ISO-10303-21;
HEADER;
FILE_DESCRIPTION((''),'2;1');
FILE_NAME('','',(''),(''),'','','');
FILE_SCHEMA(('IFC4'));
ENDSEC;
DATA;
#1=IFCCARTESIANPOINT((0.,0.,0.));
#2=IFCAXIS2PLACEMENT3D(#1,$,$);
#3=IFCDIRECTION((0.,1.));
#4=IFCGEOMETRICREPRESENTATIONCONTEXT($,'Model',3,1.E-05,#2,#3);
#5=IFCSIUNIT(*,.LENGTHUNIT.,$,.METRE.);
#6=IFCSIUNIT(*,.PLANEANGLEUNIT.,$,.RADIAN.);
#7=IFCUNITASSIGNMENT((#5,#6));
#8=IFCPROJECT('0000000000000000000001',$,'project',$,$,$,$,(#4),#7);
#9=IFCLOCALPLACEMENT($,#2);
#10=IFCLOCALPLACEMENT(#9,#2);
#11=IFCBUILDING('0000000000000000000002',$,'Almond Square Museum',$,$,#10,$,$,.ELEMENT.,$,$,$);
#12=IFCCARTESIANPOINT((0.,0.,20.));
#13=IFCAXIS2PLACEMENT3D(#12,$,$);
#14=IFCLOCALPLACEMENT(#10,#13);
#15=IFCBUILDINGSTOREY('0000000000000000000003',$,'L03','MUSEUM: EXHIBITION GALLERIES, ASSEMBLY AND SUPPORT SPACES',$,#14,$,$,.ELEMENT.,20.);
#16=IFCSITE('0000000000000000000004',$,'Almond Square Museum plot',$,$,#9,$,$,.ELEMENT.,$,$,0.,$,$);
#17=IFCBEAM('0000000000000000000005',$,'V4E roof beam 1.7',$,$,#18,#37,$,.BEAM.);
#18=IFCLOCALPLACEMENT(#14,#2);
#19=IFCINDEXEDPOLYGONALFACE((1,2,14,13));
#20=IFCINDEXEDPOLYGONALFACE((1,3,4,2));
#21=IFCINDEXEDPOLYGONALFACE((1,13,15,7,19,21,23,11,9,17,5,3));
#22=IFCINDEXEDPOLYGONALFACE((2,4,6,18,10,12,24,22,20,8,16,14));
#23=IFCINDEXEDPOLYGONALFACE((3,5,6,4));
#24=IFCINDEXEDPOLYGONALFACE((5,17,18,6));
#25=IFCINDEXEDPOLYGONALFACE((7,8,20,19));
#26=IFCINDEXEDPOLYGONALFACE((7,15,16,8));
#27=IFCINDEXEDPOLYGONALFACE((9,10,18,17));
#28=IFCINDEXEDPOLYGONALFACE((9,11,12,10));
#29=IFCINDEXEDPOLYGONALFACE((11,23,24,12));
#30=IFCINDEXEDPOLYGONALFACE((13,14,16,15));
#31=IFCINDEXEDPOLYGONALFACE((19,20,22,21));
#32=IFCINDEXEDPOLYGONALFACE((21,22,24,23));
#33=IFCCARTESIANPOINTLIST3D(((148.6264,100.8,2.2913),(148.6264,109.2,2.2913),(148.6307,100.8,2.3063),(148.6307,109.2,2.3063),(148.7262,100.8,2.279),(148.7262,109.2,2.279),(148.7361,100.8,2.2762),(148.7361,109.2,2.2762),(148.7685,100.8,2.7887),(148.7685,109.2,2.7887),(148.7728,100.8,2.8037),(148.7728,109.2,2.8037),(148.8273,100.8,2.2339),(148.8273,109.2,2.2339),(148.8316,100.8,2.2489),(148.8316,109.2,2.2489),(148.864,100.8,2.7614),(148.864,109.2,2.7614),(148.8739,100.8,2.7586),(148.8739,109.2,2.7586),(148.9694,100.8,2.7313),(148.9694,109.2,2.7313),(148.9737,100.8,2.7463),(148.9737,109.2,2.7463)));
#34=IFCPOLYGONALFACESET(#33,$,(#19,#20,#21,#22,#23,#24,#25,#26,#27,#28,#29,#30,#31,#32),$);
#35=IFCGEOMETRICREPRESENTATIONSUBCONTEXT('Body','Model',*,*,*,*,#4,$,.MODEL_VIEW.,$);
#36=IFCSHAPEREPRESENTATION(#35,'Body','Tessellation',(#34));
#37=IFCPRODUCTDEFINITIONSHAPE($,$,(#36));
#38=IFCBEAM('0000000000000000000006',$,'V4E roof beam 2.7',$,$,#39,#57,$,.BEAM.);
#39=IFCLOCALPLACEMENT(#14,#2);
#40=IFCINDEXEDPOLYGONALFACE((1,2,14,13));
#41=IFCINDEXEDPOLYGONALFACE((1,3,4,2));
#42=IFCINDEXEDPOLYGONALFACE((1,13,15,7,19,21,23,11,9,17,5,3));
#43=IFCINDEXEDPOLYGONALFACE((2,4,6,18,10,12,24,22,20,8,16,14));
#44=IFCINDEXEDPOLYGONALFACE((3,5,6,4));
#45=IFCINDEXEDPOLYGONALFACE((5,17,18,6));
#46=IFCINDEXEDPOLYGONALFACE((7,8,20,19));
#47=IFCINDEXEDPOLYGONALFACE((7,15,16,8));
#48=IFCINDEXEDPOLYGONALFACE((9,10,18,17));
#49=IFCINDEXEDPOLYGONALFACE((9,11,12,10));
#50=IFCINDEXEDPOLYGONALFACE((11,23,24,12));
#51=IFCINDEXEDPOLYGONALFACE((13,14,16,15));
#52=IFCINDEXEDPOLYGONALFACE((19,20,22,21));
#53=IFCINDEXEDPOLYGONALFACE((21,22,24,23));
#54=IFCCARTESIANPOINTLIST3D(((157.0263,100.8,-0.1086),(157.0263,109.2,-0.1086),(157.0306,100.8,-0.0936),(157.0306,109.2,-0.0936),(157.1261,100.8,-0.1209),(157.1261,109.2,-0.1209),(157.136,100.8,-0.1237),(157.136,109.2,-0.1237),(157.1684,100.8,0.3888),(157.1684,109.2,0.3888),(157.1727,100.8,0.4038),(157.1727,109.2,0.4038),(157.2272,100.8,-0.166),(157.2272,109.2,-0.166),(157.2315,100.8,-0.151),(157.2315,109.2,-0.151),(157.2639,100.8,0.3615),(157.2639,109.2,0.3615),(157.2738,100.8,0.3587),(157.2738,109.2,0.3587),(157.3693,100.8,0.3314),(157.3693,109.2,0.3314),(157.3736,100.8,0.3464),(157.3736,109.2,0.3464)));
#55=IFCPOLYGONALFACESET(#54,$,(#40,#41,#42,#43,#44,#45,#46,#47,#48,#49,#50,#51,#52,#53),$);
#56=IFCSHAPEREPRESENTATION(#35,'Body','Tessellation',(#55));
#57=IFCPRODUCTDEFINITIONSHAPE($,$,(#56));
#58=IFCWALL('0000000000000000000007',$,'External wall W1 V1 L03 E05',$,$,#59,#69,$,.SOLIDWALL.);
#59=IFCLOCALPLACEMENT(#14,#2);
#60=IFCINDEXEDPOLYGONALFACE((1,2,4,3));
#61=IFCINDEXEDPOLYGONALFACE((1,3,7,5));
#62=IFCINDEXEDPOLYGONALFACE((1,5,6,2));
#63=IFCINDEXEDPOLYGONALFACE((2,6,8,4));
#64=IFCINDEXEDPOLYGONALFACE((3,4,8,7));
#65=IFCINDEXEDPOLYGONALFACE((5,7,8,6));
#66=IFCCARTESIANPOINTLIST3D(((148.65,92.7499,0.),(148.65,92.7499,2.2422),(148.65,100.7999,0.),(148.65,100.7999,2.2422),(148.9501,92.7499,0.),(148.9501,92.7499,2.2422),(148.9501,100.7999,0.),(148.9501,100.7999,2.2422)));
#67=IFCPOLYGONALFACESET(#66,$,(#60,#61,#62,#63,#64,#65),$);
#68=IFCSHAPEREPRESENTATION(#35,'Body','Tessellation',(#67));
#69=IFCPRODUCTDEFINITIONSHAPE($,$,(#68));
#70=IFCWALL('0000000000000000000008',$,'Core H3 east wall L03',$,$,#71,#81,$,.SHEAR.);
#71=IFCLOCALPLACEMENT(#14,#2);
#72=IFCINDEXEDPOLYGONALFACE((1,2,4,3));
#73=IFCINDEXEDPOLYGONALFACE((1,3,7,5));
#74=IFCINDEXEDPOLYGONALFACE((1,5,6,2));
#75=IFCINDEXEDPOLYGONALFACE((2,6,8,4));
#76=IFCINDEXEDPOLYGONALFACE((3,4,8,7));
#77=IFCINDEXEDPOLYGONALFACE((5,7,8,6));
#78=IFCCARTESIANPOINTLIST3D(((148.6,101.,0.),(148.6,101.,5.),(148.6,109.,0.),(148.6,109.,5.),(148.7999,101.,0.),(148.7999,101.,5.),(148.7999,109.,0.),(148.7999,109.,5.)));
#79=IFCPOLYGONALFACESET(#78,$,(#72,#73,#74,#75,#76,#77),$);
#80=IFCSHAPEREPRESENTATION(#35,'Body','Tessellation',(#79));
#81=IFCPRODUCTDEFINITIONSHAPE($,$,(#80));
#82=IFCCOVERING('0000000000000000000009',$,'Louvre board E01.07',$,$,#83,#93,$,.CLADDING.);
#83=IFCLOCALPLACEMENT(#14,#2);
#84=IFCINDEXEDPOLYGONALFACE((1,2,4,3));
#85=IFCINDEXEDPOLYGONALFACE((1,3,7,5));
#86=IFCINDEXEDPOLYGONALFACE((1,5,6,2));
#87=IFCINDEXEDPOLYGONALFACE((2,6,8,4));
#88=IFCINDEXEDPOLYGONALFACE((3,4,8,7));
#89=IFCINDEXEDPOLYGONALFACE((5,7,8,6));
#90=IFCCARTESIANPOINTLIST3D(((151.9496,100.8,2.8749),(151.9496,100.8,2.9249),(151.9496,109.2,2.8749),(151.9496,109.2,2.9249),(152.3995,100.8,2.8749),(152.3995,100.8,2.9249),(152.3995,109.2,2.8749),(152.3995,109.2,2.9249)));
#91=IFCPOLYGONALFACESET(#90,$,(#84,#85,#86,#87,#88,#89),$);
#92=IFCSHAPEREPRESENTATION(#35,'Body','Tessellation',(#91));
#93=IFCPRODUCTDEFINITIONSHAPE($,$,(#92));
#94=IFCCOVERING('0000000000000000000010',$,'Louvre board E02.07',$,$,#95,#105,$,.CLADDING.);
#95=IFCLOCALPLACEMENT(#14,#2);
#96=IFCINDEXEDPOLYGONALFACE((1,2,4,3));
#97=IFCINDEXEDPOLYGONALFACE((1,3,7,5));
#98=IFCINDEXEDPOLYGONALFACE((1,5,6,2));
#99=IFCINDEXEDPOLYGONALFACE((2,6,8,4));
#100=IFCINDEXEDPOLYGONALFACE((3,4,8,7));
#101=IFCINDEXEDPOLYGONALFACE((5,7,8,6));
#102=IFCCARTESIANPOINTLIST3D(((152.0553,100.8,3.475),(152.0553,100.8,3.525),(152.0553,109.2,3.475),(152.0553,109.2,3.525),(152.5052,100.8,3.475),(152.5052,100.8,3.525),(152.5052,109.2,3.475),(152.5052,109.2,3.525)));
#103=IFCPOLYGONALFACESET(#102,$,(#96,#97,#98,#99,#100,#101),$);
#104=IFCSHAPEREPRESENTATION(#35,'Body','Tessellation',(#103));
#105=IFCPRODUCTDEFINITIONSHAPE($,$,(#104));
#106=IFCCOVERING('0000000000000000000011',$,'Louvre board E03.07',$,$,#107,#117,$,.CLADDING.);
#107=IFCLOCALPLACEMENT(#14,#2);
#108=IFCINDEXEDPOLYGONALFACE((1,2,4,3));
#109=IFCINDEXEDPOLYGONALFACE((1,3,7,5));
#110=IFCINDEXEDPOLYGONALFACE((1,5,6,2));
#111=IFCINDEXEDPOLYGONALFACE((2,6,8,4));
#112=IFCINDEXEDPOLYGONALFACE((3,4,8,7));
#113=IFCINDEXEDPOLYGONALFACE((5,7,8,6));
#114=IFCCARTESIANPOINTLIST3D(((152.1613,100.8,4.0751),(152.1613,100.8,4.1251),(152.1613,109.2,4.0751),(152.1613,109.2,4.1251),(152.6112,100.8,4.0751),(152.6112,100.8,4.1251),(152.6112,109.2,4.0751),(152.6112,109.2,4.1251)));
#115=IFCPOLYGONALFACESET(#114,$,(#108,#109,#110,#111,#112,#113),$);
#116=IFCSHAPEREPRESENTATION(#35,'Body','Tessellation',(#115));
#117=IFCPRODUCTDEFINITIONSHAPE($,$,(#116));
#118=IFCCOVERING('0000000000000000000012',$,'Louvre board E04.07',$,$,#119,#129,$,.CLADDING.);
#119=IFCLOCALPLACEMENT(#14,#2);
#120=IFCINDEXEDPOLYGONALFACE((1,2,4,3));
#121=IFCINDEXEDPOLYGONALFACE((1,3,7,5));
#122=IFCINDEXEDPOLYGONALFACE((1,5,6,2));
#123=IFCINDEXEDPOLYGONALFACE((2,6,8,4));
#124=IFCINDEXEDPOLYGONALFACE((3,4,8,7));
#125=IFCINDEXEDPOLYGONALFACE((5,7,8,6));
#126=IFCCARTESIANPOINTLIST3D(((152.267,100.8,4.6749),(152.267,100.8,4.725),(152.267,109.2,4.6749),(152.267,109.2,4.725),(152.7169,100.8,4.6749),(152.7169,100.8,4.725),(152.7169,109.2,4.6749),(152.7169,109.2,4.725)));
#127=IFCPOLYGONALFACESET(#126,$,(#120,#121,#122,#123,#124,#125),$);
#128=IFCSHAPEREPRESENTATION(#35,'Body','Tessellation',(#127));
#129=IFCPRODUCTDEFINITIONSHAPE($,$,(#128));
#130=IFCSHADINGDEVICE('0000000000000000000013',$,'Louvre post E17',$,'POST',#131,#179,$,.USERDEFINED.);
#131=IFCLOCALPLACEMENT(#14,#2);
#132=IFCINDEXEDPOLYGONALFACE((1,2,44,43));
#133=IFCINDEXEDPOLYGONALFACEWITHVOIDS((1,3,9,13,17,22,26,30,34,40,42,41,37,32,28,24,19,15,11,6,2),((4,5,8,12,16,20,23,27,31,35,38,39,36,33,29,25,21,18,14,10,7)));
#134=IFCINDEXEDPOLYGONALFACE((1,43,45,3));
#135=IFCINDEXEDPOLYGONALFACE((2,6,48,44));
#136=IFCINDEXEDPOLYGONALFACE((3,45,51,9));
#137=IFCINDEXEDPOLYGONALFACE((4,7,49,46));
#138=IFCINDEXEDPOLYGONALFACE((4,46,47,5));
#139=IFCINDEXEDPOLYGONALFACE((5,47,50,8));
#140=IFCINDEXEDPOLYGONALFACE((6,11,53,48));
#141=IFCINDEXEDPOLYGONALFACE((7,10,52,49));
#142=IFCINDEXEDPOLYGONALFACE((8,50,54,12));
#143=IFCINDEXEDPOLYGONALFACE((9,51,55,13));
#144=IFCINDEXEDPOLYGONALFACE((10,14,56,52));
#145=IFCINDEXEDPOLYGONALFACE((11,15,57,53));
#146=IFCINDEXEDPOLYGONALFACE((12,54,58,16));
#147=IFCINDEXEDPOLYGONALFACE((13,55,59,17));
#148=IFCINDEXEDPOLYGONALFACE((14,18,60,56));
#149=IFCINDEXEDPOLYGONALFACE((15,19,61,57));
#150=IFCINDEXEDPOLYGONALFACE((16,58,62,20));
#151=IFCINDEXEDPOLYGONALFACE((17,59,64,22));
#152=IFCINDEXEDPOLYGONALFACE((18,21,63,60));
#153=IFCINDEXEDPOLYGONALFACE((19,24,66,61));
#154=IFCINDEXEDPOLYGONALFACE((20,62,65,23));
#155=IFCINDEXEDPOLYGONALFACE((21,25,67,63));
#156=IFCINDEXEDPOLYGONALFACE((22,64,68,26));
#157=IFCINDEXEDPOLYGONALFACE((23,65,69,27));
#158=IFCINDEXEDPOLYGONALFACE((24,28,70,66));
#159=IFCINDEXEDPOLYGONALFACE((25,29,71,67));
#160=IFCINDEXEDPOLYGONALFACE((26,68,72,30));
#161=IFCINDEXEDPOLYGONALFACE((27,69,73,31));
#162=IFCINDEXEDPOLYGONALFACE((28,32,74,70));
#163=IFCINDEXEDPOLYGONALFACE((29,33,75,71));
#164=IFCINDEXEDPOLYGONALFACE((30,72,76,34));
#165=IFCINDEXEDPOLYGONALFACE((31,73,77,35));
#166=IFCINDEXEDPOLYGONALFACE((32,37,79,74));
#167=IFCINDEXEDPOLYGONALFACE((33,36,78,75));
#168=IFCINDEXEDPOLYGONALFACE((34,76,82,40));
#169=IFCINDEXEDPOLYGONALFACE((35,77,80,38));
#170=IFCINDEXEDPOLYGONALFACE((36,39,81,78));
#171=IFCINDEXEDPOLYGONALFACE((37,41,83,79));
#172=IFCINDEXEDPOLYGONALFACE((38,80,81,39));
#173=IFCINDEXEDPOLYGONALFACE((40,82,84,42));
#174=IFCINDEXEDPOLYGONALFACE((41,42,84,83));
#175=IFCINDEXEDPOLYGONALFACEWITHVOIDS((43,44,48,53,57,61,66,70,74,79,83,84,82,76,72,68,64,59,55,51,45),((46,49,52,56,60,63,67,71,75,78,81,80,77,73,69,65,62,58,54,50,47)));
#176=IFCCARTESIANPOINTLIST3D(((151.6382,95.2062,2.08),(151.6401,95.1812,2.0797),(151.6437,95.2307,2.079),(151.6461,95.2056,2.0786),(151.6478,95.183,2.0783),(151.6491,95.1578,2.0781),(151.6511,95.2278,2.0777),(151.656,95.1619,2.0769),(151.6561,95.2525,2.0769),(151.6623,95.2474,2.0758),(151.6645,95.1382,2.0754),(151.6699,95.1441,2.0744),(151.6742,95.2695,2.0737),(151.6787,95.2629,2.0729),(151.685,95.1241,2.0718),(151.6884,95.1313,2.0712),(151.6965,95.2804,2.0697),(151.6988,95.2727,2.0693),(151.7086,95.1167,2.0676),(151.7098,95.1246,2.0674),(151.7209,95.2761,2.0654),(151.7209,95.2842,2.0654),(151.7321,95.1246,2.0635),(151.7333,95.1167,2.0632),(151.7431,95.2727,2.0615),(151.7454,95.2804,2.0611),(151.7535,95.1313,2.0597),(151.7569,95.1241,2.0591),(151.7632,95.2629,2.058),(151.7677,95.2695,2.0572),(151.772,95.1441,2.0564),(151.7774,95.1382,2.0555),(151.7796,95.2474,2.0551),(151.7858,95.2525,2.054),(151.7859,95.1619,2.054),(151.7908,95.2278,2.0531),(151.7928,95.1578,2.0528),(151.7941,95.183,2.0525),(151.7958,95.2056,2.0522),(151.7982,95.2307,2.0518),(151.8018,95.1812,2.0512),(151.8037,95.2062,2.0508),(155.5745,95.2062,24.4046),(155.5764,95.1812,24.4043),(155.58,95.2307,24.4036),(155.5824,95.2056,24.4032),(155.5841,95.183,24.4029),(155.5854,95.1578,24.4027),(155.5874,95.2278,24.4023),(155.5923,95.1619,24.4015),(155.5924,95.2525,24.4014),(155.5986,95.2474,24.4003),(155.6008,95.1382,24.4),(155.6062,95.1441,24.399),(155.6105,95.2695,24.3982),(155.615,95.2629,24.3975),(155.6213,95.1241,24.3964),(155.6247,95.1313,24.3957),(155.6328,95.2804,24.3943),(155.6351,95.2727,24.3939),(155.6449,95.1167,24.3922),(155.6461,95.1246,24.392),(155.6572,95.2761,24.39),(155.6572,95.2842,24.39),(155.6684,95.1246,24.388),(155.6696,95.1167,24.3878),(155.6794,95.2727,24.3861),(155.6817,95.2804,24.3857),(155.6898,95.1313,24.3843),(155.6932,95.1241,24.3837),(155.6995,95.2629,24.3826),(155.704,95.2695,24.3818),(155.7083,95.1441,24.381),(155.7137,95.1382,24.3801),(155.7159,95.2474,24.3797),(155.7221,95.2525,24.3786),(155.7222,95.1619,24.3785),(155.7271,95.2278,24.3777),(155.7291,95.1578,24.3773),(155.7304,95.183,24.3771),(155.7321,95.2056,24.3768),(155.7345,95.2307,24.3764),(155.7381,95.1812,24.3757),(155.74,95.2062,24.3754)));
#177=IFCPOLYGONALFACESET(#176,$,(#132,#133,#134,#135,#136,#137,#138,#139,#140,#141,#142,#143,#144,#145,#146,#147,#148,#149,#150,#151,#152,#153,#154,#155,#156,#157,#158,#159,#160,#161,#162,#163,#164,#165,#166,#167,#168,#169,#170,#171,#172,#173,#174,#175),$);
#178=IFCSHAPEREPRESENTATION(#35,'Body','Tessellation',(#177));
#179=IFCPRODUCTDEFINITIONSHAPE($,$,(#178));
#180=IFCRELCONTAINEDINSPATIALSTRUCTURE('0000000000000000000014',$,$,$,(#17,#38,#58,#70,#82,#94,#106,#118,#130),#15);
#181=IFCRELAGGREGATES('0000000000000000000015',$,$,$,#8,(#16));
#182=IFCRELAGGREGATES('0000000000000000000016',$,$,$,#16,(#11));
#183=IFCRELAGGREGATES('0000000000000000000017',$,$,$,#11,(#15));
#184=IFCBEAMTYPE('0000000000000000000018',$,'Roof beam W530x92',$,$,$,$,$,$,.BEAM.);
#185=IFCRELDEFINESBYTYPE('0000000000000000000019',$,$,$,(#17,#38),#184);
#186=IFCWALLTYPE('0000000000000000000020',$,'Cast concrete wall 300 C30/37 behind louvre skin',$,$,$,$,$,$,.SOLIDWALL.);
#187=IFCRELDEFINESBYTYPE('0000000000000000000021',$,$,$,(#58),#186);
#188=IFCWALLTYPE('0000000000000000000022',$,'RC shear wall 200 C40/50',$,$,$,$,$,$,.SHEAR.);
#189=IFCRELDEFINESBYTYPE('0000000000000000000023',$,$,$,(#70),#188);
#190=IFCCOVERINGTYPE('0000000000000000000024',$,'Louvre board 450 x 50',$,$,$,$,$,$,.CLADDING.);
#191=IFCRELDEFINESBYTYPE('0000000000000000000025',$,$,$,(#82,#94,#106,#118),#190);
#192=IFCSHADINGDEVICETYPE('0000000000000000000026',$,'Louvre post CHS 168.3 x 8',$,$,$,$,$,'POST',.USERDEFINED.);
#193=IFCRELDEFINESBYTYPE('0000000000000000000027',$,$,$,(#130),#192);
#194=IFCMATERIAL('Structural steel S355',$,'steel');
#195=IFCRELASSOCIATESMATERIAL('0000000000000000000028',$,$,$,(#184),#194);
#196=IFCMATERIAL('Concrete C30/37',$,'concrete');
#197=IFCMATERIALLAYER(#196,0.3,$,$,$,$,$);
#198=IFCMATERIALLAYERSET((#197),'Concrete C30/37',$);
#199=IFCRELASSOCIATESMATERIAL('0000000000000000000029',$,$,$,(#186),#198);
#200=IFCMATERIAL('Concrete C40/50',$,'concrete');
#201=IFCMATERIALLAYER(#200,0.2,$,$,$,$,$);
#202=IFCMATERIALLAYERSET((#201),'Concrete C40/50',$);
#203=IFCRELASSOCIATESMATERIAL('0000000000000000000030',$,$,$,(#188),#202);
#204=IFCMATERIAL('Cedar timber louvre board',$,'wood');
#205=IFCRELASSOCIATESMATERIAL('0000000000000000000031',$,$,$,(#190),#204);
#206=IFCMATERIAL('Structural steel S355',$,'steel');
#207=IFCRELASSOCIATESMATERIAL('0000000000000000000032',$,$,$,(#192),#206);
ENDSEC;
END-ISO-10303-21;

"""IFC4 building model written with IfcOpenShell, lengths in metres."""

from ifc_helpers import new_model, si_unit, direction, frame, frame_2d, origin, origin_2d, place, context, subcontext, project, spatial, rectangle, hollow_circle, i_section, extrude, material, layer, layer_set, material_profile, profile_set, type_object, element, save


model = new_model("IFC4")

# Units and contexts
model_context = context("Model", 3, precision=1e-05, world=origin(), true_north=direction((0.0, 1.0)))
body_context = subcontext(model_context, "Body", "Model", "MODEL_VIEW")
ifc_project = project(units=[si_unit("LENGTHUNIT", "METRE"), si_unit("PLANEANGLEUNIT", "RADIAN")], contexts=[model_context])

# Site, building, storey
site_placement = place(None, origin())
site = spatial("IfcSite", under=ifc_project, at=site_placement, Name="Almond Square Museum plot", CompositionType="ELEMENT", RefElevation=0.0)
building_placement = place(site_placement, origin())
building = spatial("IfcBuilding", under=site, at=building_placement, Name="Almond Square Museum", CompositionType="ELEMENT")
storey_placement = place(building_placement, frame((0.0, 0.0, 20.0)))
storey = spatial("IfcBuildingStorey", under=building, at=storey_placement, Name="L03", Description="MUSEUM: EXHIBITION GALLERIES, ASSEMBLY AND SUPPORT SPACES", CompositionType="ELEMENT", Elevation=20.0)

# Beams
ifc_material_1 = material(Name="Structural steel S355", Category="steel")
ifc_material_profile_1 = material_profile(ifc_material_1, i_section(OverallWidth=0.209, OverallDepth=0.533, WebThickness=0.0103, FlangeThickness=0.0156, at=origin_2d()))
ifc_profile_set_1 = profile_set([ifc_material_profile_1], Name="Structural steel S355")
beam_type = type_object("IfcBeamType", Name="Roof beam W530x92", PredefinedType="BEAM", material=ifc_profile_set_1)
for number, where, z_axis, x_axis, name in (
    (1, (148.8, 100.8, 2.5188), (0.0, 1.0, 0.0), (-0.961524, 0.0, 0.274721), "V4E roof beam 1.7"),
    (2, (157.2, 100.8, 0.1189), (0.0, 1.0, 0.0), (-0.961524, 0.0, 0.274721), "V4E roof beam 2.7"),
):
    element("IfcBeam", number, at=place(storey_placement, frame(where, z_axis=z_axis, x_axis=x_axis)), inside=storey, type_object=beam_type, Name=name, PredefinedType="BEAM", context=body_context, shape_type="SweptSolid", body=[
        extrude(i_section(OverallWidth=0.209, OverallDepth=0.533, WebThickness=0.0103, FlangeThickness=0.0156, at=origin_2d()), origin(), (0.0, 0.0, 1.0), 8.3999),
    ])

# Walls
ifc_material_2 = material(Name="Concrete C30/37", Category="concrete")
ifc_layer_1 = layer(ifc_material_2, 0.3)
ifc_layer_set_1 = layer_set([ifc_layer_1], Name="Concrete C30/37")
wall_type_1 = type_object("IfcWallType", Name="Cast concrete wall 300 C30/37 behind louvre skin", PredefinedType="SOLIDWALL", material=ifc_layer_set_1)
wall_1_placement = place(storey_placement, frame((148.8, 92.75, 0.0), z_axis=(0.0, 0.0, 1.0), x_axis=(0.0, 1.0, 0.0)))
element("IfcWall", 3, at=wall_1_placement, inside=storey, type_object=wall_type_1, Name="External wall W1 V1 L03 E05", PredefinedType="SOLIDWALL", context=body_context, shape_type="SweptSolid", body=[
    extrude(rectangle(XDim=8.05, YDim=0.3, at=frame_2d((4.0249, 0.0))), origin(), (0.0, 0.0, 1.0), 2.2422),
])
ifc_material_3 = material(Name="Concrete C40/50", Category="concrete")
ifc_layer_2 = layer(ifc_material_3, 0.2)
ifc_layer_set_2 = layer_set([ifc_layer_2], Name="Concrete C40/50")
wall_type_2 = type_object("IfcWallType", Name="RC shear wall 200 C40/50", PredefinedType="SHEAR", material=ifc_layer_set_2)
wall_2_placement = place(storey_placement, frame((148.7, 101.0, 0.0), z_axis=(0.0, 0.0, 1.0), x_axis=(0.0, 1.0, 0.0)))
element("IfcWall", 4, at=wall_2_placement, inside=storey, type_object=wall_type_2, Name="Core H3 east wall L03", PredefinedType="SHEAR", context=body_context, shape_type="SweptSolid", body=[
    extrude(rectangle(XDim=8.0, YDim=0.2, at=frame_2d((4.0, 0.0))), origin(), (0.0, 0.0, 1.0), 5.0),
])

# Coverings
ifc_material_4 = material(Name="Cedar timber louvre board", Category="wood")
ifc_material_profile_2 = material_profile(ifc_material_4, rectangle(XDim=0.45, YDim=0.05, at=origin_2d()))
ifc_profile_set_2 = profile_set([ifc_material_profile_2], Name="Cedar timber louvre board")
covering_type_1 = type_object("IfcCoveringType", Name="Louvre board 450 x 50", PredefinedType="CLADDING", material=ifc_profile_set_2)
for number, where, z_axis, x_axis, name in (
    (5, (152.1746, 100.8, 2.8999), (0.0, 1.0, 0.0), (-1.0, 0.0, 0.0), "Louvre board E01.07"),
    (6, (152.2803, 100.8, 3.5), (0.0, 1.0, 0.0), (-1.0, 0.0, 0.0), "Louvre board E02.07"),
    (7, (152.3862, 100.8, 4.1001), (0.0, 1.0, 0.0), (-1.0, 0.0, 0.0), "Louvre board E03.07"),
    (8, (152.4919, 100.8, 4.7), (0.0, 1.0, 0.0), (-1.0, 0.0, 0.0), "Louvre board E04.07"),
):
    element("IfcCovering", number, at=place(storey_placement, frame(where, z_axis=z_axis, x_axis=x_axis)), inside=storey, type_object=covering_type_1, Name=name, PredefinedType="CLADDING", context=body_context, shape_type="SweptSolid", body=[
        extrude(rectangle(XDim=0.45, YDim=0.05, at=origin_2d()), origin(), (0.0, 0.0, 1.0), 8.3999),
    ])

# Shading device
ifc_material_5 = material(Name="Structural steel S355", Category="steel")
ifc_material_profile_3 = material_profile(ifc_material_5, hollow_circle(Radius=0.0842, WallThickness=0.0081, at=origin_2d()))
ifc_profile_set_3 = profile_set([ifc_material_profile_3], Name="Structural steel S355")
shading_device_type = type_object("IfcShadingDeviceType", Name="Louvre post CHS 168.3 x 8", ElementType="POST", PredefinedType="USERDEFINED", material=ifc_profile_set_3)
shading_device_1_placement = place(storey_placement, frame((151.7209, 95.2, 2.0654), z_axis=(0.173643, 0.0, 0.984809), x_axis=(0.0, 1.0, 0.0)))
element("IfcShadingDevice", 9, at=shading_device_1_placement, inside=storey, type_object=shading_device_type, Name="Louvre post E17", ObjectType="POST", PredefinedType="USERDEFINED", context=body_context, shape_type="SweptSolid", body=[
    extrude(hollow_circle(Radius=0.0842, WallThickness=0.0081, at=origin_2d()), origin(), (0.0, 0.0, 1.0), 22.6689),
])

save(model, "model.ifc")
